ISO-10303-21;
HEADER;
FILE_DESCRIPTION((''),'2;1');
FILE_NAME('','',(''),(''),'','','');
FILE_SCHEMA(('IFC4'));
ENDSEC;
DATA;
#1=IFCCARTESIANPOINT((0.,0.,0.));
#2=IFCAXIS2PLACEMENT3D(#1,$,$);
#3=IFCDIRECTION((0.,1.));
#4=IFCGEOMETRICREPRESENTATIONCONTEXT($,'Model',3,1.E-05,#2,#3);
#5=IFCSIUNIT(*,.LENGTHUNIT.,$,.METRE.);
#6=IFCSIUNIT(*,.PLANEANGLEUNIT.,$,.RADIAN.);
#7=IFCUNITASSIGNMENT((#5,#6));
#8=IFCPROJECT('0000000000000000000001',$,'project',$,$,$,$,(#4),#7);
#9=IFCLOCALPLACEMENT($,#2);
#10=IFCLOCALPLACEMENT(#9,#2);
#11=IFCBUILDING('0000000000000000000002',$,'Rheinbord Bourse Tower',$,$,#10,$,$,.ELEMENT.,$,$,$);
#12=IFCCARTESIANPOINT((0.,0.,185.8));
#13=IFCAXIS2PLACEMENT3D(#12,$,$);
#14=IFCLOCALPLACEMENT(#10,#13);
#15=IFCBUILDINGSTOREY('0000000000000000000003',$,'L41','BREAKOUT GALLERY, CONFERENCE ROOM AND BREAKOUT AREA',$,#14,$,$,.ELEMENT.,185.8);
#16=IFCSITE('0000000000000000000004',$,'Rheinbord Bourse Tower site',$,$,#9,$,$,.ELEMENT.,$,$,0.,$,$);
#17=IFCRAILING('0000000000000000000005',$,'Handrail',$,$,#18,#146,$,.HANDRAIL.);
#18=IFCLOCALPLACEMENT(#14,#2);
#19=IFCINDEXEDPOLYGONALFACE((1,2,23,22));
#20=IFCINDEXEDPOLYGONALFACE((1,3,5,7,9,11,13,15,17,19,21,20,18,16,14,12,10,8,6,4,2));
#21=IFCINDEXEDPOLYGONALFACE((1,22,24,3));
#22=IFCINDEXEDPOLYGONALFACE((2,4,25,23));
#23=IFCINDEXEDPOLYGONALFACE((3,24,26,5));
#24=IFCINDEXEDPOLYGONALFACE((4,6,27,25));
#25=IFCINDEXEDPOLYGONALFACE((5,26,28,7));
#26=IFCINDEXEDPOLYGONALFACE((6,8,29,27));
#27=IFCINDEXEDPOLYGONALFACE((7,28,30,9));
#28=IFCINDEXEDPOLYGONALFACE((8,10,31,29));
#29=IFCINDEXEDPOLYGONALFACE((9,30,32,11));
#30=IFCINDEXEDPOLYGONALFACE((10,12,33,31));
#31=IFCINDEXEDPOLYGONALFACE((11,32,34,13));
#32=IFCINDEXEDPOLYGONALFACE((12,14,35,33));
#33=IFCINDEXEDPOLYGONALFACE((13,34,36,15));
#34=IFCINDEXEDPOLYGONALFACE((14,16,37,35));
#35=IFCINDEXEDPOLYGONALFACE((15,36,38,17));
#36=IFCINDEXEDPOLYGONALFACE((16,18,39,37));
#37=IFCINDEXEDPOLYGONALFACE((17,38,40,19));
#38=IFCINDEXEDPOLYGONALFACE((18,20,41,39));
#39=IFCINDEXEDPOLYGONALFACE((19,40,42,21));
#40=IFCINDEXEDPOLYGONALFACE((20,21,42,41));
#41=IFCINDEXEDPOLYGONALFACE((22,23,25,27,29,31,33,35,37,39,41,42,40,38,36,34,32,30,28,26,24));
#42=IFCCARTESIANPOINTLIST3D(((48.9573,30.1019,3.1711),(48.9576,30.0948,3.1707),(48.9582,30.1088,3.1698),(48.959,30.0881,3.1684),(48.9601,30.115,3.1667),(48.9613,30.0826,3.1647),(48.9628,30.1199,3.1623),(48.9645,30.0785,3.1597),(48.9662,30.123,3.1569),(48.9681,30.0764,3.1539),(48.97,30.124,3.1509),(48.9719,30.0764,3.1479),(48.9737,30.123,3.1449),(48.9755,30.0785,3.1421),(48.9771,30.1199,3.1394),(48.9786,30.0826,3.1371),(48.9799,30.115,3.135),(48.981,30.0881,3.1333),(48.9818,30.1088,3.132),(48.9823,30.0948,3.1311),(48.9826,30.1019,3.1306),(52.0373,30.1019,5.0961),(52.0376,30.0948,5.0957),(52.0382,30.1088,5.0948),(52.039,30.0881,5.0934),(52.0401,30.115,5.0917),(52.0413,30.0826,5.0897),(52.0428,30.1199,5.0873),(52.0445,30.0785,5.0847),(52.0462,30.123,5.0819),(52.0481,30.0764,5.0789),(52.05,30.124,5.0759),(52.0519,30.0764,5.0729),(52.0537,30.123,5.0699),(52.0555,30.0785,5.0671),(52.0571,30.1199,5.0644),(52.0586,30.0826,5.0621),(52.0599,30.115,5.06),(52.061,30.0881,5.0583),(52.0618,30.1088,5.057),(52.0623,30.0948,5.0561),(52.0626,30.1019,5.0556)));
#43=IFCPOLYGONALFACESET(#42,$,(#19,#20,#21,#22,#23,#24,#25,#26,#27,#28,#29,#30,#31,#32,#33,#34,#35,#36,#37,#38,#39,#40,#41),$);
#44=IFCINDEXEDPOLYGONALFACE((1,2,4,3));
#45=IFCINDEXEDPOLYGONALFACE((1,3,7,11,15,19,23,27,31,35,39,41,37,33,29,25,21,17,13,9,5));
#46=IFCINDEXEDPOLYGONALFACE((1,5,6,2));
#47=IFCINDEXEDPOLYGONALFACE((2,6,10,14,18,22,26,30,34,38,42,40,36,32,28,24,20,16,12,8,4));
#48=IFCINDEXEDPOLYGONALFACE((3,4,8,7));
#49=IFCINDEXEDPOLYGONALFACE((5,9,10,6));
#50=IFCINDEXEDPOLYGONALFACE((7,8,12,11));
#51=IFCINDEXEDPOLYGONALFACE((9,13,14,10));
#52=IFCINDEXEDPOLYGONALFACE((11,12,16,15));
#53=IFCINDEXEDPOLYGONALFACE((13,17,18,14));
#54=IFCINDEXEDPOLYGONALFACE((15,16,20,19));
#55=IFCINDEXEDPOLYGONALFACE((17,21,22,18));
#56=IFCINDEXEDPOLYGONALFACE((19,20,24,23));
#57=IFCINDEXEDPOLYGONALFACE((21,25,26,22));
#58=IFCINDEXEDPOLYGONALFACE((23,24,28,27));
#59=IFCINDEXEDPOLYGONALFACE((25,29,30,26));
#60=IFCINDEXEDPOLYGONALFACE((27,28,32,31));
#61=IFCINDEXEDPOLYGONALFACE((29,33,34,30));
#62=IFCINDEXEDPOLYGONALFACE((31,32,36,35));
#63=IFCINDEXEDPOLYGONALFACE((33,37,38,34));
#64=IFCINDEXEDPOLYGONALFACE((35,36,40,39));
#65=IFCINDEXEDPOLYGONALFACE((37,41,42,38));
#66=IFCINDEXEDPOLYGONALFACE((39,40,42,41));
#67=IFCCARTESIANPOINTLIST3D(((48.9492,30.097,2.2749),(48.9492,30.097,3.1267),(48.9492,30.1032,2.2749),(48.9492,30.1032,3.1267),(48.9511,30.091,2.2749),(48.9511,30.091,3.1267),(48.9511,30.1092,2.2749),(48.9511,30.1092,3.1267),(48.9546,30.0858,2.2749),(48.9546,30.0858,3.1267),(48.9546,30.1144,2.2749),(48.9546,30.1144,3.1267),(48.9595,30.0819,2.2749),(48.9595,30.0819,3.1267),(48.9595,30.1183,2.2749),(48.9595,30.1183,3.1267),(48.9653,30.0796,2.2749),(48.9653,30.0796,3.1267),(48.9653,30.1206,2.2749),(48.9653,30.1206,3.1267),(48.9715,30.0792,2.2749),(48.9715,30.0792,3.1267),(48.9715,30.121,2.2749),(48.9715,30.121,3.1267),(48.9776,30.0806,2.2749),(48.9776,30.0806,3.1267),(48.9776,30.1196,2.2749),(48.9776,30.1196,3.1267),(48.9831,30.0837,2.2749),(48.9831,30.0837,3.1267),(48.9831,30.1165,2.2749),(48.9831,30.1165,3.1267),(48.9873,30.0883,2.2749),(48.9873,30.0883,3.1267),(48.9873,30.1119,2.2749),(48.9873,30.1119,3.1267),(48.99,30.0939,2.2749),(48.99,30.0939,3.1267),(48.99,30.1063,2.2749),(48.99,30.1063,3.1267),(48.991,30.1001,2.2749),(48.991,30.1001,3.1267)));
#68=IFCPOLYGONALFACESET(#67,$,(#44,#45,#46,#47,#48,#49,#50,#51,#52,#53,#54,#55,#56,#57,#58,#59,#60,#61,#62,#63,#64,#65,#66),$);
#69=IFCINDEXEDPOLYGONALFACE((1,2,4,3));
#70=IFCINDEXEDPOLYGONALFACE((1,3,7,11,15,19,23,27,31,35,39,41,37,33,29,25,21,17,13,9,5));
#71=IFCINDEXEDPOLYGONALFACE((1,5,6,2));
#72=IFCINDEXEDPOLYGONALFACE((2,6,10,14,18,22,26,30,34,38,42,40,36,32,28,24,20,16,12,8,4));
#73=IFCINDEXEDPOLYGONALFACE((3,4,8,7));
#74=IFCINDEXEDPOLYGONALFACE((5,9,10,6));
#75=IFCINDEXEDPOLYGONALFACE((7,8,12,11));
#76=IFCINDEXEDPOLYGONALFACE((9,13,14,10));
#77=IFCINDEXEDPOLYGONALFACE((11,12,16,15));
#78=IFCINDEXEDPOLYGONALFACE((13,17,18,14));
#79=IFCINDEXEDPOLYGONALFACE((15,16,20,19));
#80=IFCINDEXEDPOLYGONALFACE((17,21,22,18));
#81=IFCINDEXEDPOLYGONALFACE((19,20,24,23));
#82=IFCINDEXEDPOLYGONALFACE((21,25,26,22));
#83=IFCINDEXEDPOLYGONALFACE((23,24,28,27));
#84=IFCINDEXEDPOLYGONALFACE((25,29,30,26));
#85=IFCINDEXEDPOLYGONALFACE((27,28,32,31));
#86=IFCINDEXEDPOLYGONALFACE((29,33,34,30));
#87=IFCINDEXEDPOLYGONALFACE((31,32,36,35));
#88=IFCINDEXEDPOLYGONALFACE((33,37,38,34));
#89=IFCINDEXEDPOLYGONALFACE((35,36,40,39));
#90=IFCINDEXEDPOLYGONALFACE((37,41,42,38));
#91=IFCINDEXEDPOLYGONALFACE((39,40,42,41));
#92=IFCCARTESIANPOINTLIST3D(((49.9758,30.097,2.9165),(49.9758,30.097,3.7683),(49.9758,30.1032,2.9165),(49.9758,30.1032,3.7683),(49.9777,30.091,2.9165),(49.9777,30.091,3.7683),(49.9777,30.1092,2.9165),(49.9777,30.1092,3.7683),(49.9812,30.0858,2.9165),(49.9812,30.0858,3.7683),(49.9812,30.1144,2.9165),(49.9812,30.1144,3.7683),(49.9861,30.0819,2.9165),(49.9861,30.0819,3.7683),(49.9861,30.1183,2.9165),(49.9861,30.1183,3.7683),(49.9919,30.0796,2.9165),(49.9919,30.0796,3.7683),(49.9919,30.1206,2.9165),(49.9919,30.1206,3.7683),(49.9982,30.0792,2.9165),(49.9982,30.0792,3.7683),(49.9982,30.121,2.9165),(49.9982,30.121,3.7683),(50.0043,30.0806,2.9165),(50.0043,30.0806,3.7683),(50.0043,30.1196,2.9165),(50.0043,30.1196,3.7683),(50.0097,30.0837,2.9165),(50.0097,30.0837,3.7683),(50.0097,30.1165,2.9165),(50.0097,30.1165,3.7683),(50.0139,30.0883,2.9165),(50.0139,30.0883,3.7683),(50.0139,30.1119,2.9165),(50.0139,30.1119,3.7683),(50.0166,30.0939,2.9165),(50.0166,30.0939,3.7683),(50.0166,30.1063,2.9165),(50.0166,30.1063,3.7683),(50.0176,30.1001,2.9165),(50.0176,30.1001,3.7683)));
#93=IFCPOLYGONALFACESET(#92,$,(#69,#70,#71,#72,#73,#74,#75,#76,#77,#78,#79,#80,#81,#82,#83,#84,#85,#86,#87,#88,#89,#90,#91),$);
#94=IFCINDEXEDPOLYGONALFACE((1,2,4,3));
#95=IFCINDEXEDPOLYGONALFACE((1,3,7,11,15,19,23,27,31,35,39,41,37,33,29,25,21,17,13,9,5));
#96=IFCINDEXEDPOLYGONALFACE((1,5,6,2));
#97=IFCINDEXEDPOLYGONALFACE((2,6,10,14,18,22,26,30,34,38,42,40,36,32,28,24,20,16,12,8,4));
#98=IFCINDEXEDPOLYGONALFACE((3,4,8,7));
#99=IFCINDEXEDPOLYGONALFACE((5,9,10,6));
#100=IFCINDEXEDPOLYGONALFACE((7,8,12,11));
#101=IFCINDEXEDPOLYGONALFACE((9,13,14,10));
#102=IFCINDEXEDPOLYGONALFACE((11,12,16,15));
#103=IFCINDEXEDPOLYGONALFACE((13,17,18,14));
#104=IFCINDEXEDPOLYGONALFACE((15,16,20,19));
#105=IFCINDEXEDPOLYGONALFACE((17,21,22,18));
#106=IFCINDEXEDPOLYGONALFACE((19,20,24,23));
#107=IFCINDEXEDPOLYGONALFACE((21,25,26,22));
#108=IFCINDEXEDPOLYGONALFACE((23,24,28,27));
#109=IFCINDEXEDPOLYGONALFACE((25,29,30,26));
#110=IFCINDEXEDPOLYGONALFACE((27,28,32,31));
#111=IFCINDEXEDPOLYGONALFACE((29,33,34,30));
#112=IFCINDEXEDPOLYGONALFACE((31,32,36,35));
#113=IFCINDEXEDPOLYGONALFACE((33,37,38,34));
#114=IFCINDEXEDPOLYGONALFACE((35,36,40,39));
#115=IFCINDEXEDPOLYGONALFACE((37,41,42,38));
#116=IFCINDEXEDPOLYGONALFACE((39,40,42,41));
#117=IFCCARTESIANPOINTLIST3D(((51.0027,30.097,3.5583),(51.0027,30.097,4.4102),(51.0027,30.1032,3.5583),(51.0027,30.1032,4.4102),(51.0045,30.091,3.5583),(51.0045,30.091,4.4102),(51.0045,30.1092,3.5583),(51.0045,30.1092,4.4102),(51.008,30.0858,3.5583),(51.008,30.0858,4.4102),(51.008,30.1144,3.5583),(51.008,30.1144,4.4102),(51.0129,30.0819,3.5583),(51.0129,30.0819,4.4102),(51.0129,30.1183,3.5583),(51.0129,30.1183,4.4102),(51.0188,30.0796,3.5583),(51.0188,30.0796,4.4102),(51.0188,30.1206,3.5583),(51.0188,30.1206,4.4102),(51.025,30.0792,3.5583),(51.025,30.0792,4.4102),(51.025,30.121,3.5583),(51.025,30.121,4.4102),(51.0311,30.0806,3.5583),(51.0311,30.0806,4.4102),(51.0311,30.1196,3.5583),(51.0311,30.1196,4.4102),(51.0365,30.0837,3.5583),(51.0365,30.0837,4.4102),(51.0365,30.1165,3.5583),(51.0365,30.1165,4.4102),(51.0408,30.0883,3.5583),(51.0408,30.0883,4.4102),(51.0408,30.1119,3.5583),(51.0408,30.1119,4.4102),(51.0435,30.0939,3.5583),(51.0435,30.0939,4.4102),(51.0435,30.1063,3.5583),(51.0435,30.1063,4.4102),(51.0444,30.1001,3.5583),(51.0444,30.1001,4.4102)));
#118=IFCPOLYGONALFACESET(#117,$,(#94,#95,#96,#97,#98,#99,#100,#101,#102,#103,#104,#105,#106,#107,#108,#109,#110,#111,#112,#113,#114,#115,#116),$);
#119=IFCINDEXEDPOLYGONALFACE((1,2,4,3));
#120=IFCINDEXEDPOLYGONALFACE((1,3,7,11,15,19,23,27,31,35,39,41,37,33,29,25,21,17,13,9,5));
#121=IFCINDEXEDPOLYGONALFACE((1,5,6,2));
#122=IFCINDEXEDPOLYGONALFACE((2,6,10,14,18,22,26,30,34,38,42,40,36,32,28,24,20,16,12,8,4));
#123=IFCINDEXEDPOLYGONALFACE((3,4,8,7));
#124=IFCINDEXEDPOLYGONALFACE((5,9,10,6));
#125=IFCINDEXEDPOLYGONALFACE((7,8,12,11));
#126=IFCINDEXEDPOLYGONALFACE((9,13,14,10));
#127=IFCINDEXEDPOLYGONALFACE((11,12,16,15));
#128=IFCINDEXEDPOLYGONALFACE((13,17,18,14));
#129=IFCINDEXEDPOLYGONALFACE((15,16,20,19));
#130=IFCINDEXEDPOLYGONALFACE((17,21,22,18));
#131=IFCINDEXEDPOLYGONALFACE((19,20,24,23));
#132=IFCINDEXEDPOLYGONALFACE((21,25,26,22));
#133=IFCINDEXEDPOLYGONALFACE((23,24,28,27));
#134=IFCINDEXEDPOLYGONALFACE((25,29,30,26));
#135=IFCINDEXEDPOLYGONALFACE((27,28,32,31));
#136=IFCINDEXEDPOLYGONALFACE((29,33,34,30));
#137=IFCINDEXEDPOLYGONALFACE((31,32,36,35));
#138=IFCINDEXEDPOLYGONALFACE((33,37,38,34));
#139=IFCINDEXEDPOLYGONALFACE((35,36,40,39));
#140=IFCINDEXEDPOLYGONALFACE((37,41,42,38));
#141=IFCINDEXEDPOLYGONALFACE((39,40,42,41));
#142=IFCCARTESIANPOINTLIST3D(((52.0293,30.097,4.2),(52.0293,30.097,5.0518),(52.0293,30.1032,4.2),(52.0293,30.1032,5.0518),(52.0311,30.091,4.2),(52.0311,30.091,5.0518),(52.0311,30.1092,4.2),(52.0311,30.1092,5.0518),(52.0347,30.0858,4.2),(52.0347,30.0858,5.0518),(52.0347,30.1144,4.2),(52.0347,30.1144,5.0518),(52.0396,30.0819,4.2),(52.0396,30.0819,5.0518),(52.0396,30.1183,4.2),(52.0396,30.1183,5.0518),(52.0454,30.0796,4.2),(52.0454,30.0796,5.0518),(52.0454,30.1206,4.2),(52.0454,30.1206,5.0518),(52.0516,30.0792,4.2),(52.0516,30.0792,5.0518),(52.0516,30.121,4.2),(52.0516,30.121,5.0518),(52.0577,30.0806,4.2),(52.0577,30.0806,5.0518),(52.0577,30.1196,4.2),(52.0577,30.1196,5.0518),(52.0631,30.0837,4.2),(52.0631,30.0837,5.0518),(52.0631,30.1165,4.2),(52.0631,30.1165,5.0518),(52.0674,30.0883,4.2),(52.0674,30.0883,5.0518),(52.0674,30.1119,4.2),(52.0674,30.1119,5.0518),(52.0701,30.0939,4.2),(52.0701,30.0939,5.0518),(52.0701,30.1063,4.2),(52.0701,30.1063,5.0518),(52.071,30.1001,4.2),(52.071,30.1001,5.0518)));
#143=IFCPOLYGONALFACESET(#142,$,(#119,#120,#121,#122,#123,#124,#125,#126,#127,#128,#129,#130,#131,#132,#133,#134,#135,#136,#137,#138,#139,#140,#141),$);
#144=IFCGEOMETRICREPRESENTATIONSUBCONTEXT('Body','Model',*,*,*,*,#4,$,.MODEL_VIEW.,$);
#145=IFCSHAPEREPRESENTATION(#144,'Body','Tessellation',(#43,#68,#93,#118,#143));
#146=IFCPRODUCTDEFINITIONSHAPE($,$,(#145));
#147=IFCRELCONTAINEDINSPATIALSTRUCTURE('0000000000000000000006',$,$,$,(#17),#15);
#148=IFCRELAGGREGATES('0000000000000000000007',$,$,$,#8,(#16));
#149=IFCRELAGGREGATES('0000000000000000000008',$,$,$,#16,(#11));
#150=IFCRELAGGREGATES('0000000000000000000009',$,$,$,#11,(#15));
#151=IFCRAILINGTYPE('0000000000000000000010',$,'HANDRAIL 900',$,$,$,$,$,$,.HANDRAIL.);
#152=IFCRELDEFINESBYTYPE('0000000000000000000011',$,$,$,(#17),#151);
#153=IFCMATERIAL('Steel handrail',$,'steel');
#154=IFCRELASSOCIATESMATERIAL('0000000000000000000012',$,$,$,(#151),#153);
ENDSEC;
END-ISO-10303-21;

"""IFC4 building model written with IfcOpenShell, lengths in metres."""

from ifc_helpers import new_model, si_unit, direction, frame, origin, origin_2d, place, context, subcontext, project, spatial, circle, extrude, material, type_object, element, save


model = new_model("IFC4")

# Units and contexts
model_context = context("Model", 3, precision=1e-05, world=origin(), true_north=direction((0.0, 1.0)))
body_context = subcontext(model_context, "Body", "Model", "MODEL_VIEW")
ifc_project = project(units=[si_unit("LENGTHUNIT", "METRE"), si_unit("PLANEANGLEUNIT", "RADIAN")], contexts=[model_context])

# Site, building, storey
site_placement = place(None, origin())
site = spatial("IfcSite", under=ifc_project, at=site_placement, Name="Rheinbord Bourse Tower site", CompositionType="ELEMENT", RefElevation=0.0)
building_placement = place(site_placement, origin())
building = spatial("IfcBuilding", under=site, at=building_placement, Name="Rheinbord Bourse Tower", CompositionType="ELEMENT")
storey_placement = place(building_placement, frame((0.0, 0.0, 185.8)))
storey = spatial("IfcBuildingStorey", under=building, at=storey_placement, Name="L41", Description="BREAKOUT GALLERY, CONFERENCE ROOM AND BREAKOUT AREA", CompositionType="ELEMENT", Elevation=185.8)

# Railing
ifc_material_1 = material(Name="Steel handrail", Category="steel")
railing_type = type_object("IfcRailingType", Name="HANDRAIL 900", PredefinedType="HANDRAIL", material=ifc_material_1)
railing_1_placement = place(storey_placement, frame((48.97, 30.1001, 2.2749)))
element("IfcRailing", 1, at=railing_1_placement, inside=storey, type_object=railing_type, Name="Handrail", PredefinedType="HANDRAIL", context=body_context, shape_type="SweptSolid", body=[
    extrude(circle(Radius=0.0239, at=origin_2d()), frame((0.0, 0.0, 0.876), z_axis=(0.847998, 0.0, 0.529999), x_axis=(0.0, 1.0, 0.0)), (0.0, 0.0, 1.0), 3.6321),
    extrude(circle(Radius=0.021, at=origin_2d()), origin(), (0.0, 0.0, 1.0), 0.8518),
    extrude(circle(Radius=0.021, at=origin_2d()), frame((1.0266, 0.0, 0.6416)), (0.0, 0.0, 1.0), 0.8518),
    extrude(circle(Radius=0.021, at=origin_2d()), frame((2.0535, 0.0, 1.2834)), (0.0, 0.0, 1.0), 0.8518),
    extrude(circle(Radius=0.021, at=origin_2d()), frame((3.0801, 0.0, 1.925)), (0.0, 0.0, 1.0), 0.8518),
])

save(model, "model.ifc")
